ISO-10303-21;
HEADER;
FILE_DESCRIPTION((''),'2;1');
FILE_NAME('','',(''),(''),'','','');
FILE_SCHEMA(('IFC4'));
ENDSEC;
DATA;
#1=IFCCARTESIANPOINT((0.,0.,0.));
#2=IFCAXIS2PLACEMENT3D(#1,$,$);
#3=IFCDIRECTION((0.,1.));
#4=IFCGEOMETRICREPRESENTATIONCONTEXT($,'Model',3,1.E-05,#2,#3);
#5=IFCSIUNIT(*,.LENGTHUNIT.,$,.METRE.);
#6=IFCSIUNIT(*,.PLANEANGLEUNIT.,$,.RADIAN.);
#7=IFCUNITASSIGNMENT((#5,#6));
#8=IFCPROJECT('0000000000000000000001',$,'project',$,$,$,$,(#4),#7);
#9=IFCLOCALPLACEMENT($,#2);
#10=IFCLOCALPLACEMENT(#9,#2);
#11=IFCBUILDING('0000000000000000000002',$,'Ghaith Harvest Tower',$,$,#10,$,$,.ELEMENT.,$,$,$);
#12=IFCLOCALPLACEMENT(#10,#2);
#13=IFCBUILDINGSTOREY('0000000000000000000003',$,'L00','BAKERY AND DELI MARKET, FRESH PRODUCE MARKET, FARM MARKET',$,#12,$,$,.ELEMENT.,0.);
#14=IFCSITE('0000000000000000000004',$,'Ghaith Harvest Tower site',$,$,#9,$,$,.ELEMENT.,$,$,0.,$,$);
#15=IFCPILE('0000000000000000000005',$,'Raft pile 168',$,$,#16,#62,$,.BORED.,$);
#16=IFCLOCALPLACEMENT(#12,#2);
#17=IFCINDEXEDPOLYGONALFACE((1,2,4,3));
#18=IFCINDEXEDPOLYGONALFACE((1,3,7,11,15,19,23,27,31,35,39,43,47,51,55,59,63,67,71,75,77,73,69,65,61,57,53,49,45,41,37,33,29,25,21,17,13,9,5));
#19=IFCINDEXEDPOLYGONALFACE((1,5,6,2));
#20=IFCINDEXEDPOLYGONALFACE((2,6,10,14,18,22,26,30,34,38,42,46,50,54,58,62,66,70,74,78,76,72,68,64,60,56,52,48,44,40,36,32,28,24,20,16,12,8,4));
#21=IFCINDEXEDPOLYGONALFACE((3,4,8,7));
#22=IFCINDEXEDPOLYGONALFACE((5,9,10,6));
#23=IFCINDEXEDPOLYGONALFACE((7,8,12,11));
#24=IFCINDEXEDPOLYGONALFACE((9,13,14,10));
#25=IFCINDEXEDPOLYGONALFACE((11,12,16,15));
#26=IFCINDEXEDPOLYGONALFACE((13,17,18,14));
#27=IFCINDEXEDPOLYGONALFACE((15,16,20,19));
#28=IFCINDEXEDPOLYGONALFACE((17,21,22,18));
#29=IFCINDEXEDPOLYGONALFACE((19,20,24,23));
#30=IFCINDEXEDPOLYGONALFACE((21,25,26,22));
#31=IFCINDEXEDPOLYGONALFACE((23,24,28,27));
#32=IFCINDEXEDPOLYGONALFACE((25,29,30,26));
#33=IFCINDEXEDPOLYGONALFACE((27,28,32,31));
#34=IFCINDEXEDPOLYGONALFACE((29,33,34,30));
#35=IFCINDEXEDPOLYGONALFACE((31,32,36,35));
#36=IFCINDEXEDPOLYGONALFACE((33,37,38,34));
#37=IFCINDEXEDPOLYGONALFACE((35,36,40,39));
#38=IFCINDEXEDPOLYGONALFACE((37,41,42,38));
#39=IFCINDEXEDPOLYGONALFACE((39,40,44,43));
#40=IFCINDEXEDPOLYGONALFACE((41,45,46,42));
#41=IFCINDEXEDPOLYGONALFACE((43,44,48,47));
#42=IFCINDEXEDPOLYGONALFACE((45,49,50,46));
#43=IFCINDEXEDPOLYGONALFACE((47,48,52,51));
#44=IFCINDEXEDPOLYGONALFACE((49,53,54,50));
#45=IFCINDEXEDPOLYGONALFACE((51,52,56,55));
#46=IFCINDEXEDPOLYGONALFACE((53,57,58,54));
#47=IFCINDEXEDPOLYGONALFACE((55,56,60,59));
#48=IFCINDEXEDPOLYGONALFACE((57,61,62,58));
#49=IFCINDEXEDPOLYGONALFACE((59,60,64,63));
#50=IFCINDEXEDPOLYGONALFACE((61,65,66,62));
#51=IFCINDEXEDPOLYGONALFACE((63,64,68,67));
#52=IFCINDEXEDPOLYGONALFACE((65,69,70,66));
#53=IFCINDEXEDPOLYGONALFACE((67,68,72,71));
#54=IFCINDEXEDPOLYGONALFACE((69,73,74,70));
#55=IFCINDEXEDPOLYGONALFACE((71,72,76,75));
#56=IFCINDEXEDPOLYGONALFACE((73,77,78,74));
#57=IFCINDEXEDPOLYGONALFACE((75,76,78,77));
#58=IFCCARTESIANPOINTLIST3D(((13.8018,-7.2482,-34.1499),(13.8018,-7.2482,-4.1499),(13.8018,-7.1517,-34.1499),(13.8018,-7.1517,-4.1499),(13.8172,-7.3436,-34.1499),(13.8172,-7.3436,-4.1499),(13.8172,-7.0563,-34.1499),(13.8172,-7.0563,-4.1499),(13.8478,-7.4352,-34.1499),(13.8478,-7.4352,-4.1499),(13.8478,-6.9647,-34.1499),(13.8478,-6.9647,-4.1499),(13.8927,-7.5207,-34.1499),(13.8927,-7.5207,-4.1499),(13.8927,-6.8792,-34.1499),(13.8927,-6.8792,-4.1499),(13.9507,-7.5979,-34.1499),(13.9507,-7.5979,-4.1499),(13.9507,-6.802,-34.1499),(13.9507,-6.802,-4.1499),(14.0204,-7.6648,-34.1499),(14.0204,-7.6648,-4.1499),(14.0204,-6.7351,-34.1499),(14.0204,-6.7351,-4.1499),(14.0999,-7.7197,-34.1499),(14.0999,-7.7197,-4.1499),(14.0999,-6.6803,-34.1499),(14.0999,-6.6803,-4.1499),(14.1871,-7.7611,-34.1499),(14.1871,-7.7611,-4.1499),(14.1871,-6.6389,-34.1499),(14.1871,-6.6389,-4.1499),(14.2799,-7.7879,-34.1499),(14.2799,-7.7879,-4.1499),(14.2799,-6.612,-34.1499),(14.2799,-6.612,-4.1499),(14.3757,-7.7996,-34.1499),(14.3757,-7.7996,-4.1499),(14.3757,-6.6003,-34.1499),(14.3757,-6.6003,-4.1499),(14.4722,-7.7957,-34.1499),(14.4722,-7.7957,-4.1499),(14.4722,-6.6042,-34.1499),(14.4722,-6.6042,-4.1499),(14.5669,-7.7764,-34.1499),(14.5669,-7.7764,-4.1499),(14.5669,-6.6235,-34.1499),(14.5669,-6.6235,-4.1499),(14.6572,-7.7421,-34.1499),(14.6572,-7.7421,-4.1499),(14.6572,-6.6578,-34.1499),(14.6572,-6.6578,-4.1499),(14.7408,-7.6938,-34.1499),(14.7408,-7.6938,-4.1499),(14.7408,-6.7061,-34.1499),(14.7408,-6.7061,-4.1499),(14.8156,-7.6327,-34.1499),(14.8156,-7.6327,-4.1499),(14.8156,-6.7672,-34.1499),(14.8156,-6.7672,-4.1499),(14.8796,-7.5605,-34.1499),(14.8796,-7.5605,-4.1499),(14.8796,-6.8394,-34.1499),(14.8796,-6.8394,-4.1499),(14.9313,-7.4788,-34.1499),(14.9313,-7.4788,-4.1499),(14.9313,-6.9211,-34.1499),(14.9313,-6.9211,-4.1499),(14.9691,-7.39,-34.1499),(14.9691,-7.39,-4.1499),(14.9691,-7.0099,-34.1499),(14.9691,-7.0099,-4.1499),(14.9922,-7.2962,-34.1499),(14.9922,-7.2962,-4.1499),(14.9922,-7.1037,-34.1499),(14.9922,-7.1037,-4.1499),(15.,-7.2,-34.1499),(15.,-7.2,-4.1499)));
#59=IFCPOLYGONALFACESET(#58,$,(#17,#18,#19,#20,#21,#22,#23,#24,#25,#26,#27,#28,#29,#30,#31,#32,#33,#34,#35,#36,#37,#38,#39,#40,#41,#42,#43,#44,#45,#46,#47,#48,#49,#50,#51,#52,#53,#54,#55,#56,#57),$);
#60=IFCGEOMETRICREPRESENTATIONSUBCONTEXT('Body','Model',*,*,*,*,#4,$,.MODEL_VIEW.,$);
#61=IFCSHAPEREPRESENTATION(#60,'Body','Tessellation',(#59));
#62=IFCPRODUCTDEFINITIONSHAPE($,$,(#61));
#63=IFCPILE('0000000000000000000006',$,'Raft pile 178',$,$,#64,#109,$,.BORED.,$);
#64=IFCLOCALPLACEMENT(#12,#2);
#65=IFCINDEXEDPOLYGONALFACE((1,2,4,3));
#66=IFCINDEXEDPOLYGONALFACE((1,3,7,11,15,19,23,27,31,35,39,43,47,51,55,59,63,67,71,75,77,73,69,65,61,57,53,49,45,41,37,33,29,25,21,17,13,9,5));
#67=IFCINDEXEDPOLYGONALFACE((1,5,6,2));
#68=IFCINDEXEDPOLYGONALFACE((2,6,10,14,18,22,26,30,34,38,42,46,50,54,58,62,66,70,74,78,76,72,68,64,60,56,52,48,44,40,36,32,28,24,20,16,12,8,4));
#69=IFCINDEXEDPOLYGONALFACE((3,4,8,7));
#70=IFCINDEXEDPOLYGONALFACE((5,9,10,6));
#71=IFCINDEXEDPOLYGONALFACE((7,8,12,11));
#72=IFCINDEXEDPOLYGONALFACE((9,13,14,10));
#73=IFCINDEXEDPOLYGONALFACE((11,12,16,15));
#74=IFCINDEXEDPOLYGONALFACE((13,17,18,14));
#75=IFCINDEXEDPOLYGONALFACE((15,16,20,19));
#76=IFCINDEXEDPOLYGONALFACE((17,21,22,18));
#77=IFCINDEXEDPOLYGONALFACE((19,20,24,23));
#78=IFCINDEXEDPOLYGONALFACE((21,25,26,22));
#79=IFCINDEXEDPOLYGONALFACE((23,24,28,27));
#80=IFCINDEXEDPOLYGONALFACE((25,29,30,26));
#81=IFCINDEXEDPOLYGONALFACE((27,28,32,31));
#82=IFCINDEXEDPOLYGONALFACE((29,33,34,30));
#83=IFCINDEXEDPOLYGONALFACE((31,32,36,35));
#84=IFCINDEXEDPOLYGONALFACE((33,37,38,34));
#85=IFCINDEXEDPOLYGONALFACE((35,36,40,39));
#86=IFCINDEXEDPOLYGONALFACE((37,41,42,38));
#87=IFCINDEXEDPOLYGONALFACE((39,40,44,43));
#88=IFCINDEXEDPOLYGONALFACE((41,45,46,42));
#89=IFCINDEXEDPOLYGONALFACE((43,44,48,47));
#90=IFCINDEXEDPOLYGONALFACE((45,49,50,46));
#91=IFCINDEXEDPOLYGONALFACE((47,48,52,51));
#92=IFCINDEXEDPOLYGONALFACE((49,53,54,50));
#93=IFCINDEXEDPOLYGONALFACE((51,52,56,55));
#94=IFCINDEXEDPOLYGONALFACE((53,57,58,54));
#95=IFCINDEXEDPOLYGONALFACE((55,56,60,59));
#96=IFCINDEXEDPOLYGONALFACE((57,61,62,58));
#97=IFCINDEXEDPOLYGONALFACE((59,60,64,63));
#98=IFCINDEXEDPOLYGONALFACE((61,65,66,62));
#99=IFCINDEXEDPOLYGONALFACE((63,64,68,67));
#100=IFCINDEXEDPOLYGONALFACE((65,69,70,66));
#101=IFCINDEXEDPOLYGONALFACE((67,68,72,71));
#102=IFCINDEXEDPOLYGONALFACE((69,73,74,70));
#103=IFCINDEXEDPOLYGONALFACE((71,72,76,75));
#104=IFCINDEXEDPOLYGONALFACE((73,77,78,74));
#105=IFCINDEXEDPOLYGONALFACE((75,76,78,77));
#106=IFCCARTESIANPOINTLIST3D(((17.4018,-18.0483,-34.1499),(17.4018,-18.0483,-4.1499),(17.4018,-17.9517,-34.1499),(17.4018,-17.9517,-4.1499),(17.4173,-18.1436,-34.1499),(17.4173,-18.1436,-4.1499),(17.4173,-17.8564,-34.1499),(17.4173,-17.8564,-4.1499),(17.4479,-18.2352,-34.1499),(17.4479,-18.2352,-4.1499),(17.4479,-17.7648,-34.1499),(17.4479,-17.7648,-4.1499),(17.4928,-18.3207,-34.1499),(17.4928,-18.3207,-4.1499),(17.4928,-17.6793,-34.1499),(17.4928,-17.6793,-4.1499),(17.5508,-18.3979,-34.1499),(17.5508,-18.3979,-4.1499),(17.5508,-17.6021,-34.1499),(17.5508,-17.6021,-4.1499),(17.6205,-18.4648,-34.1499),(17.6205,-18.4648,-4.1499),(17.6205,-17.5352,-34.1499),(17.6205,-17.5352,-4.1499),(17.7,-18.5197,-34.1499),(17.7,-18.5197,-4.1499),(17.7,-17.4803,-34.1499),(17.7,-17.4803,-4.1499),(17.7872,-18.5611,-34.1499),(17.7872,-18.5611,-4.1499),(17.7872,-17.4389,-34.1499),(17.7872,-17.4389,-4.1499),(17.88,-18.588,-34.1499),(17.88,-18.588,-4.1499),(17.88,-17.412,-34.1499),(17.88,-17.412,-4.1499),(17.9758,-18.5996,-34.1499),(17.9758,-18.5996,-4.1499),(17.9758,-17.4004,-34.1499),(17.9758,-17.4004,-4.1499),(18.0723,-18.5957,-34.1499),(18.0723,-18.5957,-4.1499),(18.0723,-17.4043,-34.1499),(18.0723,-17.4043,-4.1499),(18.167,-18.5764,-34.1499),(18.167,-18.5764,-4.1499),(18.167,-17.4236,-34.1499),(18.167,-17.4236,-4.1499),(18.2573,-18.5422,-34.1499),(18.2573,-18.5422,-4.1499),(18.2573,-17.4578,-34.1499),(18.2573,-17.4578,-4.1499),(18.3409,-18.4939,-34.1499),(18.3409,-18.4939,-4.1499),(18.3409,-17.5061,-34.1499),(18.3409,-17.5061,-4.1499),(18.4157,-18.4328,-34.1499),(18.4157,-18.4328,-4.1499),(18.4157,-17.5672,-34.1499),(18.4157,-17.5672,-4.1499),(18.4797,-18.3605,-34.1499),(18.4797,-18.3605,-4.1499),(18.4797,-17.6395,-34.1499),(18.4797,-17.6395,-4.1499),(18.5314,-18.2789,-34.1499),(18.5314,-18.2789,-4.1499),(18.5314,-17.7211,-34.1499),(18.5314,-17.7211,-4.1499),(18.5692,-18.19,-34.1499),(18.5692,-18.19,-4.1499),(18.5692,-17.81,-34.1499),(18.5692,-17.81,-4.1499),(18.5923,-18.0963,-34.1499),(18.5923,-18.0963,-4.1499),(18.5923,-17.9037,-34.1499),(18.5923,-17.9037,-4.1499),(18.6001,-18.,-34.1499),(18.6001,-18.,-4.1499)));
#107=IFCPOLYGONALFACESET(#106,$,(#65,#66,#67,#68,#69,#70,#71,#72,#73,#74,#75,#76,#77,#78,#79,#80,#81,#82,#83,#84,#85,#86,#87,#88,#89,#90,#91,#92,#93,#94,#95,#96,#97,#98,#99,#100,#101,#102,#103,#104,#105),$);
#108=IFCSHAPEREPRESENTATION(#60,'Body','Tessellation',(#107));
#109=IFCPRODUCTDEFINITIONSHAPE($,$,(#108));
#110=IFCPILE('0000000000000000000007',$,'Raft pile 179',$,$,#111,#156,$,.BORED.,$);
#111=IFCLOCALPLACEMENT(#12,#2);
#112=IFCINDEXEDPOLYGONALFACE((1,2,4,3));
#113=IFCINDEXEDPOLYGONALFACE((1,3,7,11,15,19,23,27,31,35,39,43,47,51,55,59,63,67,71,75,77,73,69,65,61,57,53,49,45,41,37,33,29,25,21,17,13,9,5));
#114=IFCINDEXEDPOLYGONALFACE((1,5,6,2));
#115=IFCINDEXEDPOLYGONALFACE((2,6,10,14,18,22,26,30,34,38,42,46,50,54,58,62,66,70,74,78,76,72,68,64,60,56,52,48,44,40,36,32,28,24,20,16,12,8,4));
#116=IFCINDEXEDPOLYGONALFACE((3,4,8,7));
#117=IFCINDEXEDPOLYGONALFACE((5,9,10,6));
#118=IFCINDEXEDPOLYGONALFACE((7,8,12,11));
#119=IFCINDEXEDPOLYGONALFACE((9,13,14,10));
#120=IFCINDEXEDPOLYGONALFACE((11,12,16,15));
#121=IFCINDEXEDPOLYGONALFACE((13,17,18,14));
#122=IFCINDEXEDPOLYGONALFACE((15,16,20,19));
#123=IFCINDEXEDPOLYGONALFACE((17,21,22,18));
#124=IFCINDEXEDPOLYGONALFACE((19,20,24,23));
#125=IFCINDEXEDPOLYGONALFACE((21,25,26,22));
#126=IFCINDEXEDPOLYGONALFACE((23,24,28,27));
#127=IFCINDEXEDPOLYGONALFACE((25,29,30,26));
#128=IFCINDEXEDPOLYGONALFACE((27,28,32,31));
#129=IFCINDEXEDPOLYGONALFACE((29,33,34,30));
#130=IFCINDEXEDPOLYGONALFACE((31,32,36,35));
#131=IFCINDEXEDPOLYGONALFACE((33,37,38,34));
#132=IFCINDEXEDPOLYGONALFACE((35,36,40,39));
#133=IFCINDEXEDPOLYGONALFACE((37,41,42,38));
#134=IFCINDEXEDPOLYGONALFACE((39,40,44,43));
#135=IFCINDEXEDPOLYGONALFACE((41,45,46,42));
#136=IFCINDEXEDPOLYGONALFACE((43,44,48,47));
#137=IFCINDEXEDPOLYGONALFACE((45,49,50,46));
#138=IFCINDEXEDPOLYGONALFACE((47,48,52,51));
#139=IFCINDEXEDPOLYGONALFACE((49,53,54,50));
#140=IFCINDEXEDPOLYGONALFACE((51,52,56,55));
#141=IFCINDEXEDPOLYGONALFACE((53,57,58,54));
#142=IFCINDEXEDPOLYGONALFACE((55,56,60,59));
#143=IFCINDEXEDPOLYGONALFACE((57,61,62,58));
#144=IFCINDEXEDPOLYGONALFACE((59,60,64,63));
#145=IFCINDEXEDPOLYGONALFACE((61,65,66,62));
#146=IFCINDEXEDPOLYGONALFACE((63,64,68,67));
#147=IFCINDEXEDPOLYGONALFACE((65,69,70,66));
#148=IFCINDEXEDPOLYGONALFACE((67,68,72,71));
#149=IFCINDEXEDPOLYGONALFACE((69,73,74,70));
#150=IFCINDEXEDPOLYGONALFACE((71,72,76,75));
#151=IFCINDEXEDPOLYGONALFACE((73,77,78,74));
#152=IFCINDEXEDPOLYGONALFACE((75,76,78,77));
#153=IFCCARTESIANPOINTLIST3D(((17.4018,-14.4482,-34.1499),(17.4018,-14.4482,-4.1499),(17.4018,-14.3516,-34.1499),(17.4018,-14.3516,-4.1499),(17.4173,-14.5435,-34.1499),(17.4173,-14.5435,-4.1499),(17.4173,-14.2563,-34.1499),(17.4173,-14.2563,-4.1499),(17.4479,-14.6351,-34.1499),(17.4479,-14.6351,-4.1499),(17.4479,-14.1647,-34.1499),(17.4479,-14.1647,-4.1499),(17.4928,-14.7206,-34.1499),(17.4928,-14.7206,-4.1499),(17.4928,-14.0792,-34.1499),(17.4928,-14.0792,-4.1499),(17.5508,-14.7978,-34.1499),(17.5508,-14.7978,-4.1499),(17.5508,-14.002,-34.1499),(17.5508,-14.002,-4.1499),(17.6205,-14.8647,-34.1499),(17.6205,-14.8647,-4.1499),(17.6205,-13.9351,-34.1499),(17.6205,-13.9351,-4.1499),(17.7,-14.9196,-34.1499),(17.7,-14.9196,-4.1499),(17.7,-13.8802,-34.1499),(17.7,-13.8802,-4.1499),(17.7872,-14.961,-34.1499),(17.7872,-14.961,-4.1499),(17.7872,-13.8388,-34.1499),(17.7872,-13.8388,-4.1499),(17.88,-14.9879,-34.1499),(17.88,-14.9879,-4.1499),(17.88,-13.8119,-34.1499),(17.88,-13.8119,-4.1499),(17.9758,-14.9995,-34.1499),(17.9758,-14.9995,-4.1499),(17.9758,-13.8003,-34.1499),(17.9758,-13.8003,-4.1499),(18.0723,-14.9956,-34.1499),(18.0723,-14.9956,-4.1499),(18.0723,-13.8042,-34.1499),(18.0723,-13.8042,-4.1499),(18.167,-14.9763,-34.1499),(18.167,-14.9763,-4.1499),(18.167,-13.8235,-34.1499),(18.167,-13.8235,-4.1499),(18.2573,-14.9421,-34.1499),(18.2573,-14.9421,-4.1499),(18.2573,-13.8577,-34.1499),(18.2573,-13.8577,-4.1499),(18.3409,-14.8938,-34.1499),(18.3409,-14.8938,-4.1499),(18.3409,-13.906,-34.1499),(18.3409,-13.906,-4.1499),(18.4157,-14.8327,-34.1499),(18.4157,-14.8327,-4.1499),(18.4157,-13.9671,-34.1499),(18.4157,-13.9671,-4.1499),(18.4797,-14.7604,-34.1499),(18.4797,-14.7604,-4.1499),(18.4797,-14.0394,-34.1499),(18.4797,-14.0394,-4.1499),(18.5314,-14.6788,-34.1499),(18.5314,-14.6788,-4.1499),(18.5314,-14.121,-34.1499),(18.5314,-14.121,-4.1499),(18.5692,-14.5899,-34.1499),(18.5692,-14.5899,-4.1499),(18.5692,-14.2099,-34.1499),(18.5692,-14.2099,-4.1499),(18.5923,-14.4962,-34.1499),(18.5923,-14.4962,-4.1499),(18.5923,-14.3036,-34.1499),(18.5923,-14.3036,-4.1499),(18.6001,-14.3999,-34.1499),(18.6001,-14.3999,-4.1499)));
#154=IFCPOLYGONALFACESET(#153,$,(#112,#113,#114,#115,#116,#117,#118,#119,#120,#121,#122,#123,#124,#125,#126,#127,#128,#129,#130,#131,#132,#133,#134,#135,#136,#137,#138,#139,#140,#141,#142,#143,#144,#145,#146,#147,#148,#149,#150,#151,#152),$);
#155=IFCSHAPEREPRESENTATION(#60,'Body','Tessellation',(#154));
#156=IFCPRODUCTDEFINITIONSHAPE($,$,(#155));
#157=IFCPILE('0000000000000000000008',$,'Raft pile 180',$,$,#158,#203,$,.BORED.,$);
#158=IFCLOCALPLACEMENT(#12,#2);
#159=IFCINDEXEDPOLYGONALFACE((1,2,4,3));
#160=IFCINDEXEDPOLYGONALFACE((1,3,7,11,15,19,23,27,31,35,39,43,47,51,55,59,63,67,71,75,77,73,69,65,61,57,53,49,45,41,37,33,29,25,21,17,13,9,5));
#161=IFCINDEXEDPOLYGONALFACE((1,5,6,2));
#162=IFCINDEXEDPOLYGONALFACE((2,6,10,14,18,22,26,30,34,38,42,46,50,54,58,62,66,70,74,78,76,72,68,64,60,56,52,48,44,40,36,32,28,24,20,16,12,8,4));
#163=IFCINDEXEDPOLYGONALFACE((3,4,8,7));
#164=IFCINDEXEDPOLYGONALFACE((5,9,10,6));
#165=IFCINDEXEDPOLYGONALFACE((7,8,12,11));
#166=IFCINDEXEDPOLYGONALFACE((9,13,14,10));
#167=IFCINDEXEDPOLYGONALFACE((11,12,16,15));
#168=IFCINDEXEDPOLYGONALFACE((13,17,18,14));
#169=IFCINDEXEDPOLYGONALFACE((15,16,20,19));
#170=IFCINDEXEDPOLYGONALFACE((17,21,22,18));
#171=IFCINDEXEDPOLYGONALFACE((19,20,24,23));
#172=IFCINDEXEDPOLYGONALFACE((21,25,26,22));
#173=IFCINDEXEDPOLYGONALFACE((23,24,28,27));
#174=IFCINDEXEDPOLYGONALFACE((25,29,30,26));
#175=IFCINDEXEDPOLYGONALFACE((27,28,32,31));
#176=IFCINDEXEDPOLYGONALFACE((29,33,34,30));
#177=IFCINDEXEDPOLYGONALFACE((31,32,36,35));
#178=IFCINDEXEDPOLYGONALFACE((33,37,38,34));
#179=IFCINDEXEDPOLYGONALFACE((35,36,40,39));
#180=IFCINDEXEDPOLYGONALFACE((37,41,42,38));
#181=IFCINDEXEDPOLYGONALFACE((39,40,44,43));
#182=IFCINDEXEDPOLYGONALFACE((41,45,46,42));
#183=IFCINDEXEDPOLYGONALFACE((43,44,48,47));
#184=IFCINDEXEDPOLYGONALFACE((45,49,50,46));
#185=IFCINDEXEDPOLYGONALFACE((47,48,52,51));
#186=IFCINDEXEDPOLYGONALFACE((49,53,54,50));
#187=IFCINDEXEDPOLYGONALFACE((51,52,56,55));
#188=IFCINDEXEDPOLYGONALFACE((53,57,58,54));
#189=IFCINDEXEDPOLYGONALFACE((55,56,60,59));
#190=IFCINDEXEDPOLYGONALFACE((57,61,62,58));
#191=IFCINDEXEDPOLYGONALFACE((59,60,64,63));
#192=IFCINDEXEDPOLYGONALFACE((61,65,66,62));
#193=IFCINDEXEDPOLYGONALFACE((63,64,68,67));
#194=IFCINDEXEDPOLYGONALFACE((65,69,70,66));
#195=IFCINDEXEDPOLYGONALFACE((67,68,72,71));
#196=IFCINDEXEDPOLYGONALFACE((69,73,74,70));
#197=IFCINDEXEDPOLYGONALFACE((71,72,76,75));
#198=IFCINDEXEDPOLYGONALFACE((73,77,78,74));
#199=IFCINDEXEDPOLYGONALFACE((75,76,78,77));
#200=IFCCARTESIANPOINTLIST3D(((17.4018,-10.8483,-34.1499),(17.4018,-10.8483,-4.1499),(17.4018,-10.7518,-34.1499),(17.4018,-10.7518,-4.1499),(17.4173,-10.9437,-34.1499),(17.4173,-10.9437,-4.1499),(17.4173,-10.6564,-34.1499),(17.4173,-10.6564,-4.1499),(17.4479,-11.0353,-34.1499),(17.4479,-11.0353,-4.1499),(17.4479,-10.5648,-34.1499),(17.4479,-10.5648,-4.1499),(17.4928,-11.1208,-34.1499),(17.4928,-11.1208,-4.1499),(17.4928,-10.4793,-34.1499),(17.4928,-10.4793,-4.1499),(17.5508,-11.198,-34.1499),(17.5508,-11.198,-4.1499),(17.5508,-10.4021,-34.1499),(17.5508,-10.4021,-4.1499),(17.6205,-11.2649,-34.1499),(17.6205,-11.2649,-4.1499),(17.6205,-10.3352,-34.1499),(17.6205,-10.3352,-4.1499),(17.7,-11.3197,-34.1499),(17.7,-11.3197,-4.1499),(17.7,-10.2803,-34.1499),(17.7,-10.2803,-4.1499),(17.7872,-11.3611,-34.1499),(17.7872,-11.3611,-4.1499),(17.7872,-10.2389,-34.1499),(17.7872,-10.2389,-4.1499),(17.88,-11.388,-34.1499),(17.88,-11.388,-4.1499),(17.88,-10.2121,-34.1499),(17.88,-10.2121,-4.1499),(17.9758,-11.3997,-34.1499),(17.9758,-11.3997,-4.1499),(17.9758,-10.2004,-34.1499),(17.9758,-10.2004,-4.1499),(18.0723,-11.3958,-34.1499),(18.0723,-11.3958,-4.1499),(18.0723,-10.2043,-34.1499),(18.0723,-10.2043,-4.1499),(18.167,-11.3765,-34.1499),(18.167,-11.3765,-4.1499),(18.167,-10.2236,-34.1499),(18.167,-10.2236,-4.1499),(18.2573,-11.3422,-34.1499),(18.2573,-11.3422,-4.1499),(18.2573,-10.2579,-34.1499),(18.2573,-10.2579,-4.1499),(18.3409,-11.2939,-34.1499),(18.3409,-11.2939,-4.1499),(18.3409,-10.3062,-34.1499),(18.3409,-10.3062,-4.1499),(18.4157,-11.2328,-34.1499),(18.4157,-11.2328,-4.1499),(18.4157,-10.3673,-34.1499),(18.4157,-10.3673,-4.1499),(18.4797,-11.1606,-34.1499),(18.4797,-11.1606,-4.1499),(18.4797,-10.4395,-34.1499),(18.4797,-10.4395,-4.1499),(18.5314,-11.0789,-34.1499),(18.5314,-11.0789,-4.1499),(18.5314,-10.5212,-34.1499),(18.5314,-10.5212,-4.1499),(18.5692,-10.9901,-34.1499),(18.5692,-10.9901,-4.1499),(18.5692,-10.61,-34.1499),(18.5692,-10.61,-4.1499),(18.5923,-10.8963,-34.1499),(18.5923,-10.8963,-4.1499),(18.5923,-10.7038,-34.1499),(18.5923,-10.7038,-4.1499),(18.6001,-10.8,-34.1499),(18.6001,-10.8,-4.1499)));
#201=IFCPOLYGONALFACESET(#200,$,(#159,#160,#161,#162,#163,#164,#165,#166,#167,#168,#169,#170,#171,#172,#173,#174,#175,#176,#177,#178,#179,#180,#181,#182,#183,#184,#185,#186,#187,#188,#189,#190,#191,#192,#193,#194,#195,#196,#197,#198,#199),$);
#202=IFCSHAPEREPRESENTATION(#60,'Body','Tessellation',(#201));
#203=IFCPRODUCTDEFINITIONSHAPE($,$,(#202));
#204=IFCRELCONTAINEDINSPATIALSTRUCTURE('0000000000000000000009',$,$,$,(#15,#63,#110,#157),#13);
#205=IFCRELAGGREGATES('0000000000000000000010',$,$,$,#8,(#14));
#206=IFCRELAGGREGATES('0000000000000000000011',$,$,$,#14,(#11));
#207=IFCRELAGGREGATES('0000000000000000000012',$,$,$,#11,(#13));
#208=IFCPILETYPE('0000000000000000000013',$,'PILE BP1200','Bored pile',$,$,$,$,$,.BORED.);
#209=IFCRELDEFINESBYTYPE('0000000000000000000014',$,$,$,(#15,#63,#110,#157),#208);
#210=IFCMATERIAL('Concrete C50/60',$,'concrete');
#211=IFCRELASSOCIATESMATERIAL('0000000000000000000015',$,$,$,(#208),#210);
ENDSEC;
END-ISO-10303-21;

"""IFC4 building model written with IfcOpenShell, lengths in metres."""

from ifc_helpers import new_model, si_unit, direction, frame, origin, origin_2d, place, context, subcontext, project, spatial, circle, extrude, material, material_profile, profile_set, type_object, element, save


model = new_model("IFC4")

# Units and contexts
model_context = context("Model", 3, precision=1e-05, world=origin(), true_north=direction((0.0, 1.0)))
body_context = subcontext(model_context, "Body", "Model", "MODEL_VIEW")
ifc_project = project(units=[si_unit("LENGTHUNIT", "METRE"), si_unit("PLANEANGLEUNIT", "RADIAN")], contexts=[model_context])

# Site, building, storey
site_placement = place(None, origin())
site = spatial("IfcSite", under=ifc_project, at=site_placement, Name="Ghaith Harvest Tower site", CompositionType="ELEMENT", RefElevation=0.0)
building_placement = place(site_placement, origin())
building = spatial("IfcBuilding", under=site, at=building_placement, Name="Ghaith Harvest Tower", CompositionType="ELEMENT")
storey_placement = place(building_placement, origin())
storey = spatial("IfcBuildingStorey", under=building, at=storey_placement, Name="L00", Description="BAKERY AND DELI MARKET, FRESH PRODUCE MARKET, FARM MARKET", CompositionType="ELEMENT", Elevation=0.0)

# Piles
ifc_material_1 = material(Name="Concrete C50/60", Category="concrete")
ifc_material_profile = material_profile(ifc_material_1, circle(Radius=0.6001, at=origin_2d()), Name="PILE1200")
ifc_profile_set = profile_set([ifc_material_profile], Name="Concrete C50/60")
pile_type = type_object("IfcPileType", Name="PILE BP1200", Description="Bored pile", PredefinedType="BORED", material=ifc_profile_set)
for number, where, z_axis, x_axis, name in (
    (1, (14.3999, -7.2, -4.1499), (0.0, 0.0, -1.0), (1.0, 0.0, 0.0), "Raft pile 168"),
    (2, (18.0, -18.0, -4.1499), (0.0, 0.0, -1.0), (1.0, 0.0, 0.0), "Raft pile 178"),
    (3, (18.0, -14.3999, -4.1499), (0.0, 0.0, -1.0), (1.0, 0.0, 0.0), "Raft pile 179"),
    (4, (18.0, -10.8, -4.1499), (0.0, 0.0, -1.0), (1.0, 0.0, 0.0), "Raft pile 180"),
):
    element("IfcPile", number, at=place(storey_placement, frame(where, z_axis=z_axis, x_axis=x_axis)), inside=storey, type_object=pile_type, Name=name, PredefinedType="BORED", context=body_context, shape_type="SweptSolid", body=[
        extrude(circle(Radius=0.6001, at=origin_2d()), origin(), (0.0, 0.0, 1.0), 30.0),
    ])

save(model, "model.ifc")
